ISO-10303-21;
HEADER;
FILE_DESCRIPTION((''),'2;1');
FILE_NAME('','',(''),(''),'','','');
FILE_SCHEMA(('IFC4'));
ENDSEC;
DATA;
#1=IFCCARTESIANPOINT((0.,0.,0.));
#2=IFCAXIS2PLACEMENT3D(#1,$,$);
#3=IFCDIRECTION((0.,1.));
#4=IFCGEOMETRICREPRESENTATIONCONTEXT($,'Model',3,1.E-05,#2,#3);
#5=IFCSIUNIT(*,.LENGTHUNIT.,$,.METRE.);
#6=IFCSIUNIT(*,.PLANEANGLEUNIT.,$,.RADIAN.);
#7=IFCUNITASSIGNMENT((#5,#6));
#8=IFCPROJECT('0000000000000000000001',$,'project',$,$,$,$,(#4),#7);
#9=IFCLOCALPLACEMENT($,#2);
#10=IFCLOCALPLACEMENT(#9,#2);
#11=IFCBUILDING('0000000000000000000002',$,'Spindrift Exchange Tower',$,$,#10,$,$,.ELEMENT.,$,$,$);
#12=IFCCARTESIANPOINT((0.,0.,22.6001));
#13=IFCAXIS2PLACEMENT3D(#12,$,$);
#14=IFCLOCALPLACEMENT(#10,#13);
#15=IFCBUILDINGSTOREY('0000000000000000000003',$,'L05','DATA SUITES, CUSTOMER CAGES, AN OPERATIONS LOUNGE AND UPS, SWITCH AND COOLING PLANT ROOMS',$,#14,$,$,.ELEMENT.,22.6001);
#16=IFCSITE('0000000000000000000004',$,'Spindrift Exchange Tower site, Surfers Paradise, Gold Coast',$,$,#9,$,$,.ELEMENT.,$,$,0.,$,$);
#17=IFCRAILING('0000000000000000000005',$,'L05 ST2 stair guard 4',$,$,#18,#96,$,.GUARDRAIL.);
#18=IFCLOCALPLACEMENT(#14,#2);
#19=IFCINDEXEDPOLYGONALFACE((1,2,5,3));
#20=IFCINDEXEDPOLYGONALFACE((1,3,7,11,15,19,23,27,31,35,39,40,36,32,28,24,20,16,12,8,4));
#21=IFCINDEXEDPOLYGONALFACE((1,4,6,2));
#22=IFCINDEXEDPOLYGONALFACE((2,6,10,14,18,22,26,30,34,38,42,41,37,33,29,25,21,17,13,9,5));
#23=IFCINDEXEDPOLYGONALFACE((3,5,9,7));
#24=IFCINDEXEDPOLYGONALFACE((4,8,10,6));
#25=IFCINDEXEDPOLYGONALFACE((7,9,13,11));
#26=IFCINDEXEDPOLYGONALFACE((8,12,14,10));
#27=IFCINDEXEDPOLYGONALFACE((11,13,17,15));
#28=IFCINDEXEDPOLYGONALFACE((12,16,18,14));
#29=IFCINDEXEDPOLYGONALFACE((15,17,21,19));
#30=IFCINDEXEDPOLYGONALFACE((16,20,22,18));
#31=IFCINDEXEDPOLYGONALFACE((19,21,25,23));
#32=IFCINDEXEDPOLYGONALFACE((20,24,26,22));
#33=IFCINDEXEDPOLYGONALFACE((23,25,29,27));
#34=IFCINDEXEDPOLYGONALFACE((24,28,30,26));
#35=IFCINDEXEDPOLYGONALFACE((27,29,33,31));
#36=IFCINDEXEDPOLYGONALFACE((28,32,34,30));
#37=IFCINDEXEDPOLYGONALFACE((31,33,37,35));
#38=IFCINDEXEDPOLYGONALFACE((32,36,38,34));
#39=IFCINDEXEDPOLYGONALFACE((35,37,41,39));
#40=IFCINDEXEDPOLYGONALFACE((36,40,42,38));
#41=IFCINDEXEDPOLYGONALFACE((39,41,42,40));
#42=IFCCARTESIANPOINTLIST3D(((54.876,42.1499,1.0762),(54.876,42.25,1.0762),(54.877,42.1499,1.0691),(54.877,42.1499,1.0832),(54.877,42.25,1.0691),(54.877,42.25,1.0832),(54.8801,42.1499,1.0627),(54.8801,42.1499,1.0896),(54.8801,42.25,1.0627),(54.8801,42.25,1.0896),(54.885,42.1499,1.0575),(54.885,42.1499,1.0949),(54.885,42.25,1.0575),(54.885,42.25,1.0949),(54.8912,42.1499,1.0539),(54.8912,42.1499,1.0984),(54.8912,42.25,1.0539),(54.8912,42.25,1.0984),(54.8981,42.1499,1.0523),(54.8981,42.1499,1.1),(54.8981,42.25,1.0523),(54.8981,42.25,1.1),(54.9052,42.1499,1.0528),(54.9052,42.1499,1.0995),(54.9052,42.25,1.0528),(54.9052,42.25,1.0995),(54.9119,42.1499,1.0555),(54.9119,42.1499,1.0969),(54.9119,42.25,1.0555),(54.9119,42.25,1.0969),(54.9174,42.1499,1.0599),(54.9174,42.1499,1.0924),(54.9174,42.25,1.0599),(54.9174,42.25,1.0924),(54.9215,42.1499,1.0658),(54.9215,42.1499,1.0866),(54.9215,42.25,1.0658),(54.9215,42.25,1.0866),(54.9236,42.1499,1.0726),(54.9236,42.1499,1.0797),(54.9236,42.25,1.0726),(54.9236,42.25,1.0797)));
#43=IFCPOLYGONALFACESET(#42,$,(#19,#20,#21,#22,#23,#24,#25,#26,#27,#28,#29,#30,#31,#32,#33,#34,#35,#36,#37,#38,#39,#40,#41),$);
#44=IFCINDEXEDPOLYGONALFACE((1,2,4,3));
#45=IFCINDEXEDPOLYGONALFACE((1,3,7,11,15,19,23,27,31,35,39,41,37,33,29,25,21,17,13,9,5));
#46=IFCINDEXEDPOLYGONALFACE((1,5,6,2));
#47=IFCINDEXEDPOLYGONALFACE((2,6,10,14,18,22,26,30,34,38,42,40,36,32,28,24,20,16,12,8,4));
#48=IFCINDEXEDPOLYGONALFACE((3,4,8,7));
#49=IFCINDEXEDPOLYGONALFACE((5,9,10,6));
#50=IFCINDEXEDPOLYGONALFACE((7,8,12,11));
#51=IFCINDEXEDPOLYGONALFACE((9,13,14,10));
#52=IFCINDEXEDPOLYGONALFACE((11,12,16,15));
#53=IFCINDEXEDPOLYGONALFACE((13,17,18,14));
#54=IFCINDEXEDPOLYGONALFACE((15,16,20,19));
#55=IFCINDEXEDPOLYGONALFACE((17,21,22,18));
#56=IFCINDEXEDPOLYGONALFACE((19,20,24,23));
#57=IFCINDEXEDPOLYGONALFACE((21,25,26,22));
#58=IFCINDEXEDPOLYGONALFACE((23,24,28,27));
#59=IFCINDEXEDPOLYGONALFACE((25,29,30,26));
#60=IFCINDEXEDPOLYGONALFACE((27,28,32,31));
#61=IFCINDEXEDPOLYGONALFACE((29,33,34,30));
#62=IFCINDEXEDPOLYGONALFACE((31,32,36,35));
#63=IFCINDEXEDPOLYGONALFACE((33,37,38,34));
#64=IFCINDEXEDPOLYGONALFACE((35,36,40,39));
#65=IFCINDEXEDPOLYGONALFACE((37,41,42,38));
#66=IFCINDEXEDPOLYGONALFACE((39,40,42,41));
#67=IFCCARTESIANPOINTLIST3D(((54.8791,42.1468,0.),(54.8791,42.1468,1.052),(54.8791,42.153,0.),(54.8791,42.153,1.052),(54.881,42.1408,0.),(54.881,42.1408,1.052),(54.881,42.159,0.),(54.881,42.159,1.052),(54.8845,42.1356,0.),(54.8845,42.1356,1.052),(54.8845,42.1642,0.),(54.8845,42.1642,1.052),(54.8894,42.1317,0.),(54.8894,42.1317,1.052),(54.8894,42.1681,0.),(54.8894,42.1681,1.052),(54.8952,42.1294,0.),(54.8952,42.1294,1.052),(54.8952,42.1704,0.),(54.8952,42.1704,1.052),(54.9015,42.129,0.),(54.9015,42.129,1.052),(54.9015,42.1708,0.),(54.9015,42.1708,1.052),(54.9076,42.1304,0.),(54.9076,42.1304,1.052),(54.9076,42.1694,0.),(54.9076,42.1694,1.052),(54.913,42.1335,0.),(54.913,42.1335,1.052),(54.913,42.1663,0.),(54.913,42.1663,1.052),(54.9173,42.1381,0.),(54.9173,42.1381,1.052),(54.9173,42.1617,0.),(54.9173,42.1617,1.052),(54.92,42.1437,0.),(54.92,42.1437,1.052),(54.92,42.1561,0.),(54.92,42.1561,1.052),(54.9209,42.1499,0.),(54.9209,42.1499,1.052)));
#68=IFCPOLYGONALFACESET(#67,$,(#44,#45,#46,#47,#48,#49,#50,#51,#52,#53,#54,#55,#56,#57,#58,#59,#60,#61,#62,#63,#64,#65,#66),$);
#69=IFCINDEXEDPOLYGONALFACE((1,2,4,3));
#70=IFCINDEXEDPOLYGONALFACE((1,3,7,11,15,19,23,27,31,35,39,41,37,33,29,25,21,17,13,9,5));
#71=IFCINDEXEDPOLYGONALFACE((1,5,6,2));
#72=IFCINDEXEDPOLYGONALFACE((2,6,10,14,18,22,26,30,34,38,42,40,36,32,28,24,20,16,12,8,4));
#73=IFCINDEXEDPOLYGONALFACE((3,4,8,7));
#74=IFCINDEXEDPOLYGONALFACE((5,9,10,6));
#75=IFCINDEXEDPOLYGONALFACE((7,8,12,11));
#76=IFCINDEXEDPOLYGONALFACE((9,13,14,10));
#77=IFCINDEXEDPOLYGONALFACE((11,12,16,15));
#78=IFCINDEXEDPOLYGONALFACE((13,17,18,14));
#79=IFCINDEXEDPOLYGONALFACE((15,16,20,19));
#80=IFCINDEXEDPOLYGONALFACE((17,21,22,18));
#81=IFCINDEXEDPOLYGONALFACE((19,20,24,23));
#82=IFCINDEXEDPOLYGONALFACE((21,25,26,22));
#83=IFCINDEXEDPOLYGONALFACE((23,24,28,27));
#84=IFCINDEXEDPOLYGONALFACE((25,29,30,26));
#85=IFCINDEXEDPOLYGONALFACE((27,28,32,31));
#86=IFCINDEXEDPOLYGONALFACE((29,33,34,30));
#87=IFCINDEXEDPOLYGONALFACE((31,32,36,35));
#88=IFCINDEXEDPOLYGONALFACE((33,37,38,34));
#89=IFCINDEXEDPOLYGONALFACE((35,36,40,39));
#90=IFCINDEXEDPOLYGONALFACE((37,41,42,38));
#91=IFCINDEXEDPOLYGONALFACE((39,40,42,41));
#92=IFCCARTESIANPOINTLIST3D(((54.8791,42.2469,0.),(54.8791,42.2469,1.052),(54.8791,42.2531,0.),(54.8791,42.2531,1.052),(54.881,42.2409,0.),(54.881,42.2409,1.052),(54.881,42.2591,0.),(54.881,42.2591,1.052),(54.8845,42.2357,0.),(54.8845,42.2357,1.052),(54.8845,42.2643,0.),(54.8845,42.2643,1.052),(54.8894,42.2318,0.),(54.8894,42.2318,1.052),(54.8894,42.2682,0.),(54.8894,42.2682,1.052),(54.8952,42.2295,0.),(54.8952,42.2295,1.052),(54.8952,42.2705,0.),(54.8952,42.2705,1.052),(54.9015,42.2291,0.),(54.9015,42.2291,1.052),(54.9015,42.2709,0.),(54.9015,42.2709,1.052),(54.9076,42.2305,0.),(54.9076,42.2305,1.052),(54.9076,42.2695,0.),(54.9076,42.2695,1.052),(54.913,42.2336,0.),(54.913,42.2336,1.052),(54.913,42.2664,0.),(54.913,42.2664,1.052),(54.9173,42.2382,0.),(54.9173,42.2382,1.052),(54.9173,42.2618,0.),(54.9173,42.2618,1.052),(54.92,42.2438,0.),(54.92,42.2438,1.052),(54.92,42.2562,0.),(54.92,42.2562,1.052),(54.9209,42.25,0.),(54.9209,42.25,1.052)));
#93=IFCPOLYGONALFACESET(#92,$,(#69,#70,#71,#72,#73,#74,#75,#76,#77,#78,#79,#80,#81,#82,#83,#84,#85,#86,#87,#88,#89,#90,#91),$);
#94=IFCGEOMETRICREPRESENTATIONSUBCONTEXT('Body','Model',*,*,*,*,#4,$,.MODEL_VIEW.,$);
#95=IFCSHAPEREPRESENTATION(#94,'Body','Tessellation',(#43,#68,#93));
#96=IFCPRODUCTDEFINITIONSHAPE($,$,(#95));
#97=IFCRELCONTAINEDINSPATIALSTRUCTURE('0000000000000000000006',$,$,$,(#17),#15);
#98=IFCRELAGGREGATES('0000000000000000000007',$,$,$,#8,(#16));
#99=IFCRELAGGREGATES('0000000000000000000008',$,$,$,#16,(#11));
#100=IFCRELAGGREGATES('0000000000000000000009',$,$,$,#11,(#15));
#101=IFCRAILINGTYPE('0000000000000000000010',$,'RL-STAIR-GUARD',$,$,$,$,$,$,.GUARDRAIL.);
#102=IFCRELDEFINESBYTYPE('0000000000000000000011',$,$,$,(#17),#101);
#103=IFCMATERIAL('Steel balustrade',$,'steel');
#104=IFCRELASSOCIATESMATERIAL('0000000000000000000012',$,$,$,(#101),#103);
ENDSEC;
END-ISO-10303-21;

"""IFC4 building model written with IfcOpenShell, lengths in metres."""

from ifc_helpers import new_model, si_unit, direction, frame, origin, origin_2d, place, context, subcontext, project, spatial, circle, extrude, material, type_object, element, save


model = new_model("IFC4")

# Units and contexts
model_context = context("Model", 3, precision=1e-05, world=origin(), true_north=direction((0.0, 1.0)))
body_context = subcontext(model_context, "Body", "Model", "MODEL_VIEW")
ifc_project = project(units=[si_unit("LENGTHUNIT", "METRE"), si_unit("PLANEANGLEUNIT", "RADIAN")], contexts=[model_context])

# Site, building, storey
site_placement = place(None, origin())
site = spatial("IfcSite", under=ifc_project, at=site_placement, Name="Spindrift Exchange Tower site, Surfers Paradise, Gold Coast", CompositionType="ELEMENT", RefElevation=0.0)
building_placement = place(site_placement, origin())
building = spatial("IfcBuilding", under=site, at=building_placement, Name="Spindrift Exchange Tower", CompositionType="ELEMENT")
storey_placement = place(building_placement, frame((0.0, 0.0, 22.6001)))
storey = spatial("IfcBuildingStorey", under=building, at=storey_placement, Name="L05", Description="DATA SUITES, CUSTOMER CAGES, AN OPERATIONS LOUNGE AND UPS, SWITCH AND COOLING PLANT ROOMS", CompositionType="ELEMENT", Elevation=22.6001)

# Railing
ifc_material_1 = material(Name="Steel balustrade", Category="steel")
railing_type_1 = type_object("IfcRailingType", Name="RL-STAIR-GUARD", PredefinedType="GUARDRAIL", material=ifc_material_1)
railing_1_placement = place(storey_placement, frame((54.8999, 42.1499, 0.0)))
element("IfcRailing", 1, at=railing_1_placement, inside=storey, type_object=railing_type_1, Name="L05 ST2 stair guard 4", PredefinedType="GUARDRAIL", context=body_context, shape_type="SweptSolid", body=[
    extrude(circle(Radius=0.0239, at=origin_2d()), frame((0.0, 0.0, 1.0762), z_axis=(0.0, 1.0, 0.0), x_axis=(-1.0, 0.0, 0.0)), (0.0, 0.0, 1.0), 0.1001),
    extrude(circle(Radius=0.021, at=origin_2d()), origin(), (0.0, 0.0, 1.0), 1.052),
    extrude(circle(Radius=0.021, at=origin_2d()), frame((0.0, 0.1001, 0.0)), (0.0, 0.0, 1.0), 1.052),
])

save(model, "model.ifc")
